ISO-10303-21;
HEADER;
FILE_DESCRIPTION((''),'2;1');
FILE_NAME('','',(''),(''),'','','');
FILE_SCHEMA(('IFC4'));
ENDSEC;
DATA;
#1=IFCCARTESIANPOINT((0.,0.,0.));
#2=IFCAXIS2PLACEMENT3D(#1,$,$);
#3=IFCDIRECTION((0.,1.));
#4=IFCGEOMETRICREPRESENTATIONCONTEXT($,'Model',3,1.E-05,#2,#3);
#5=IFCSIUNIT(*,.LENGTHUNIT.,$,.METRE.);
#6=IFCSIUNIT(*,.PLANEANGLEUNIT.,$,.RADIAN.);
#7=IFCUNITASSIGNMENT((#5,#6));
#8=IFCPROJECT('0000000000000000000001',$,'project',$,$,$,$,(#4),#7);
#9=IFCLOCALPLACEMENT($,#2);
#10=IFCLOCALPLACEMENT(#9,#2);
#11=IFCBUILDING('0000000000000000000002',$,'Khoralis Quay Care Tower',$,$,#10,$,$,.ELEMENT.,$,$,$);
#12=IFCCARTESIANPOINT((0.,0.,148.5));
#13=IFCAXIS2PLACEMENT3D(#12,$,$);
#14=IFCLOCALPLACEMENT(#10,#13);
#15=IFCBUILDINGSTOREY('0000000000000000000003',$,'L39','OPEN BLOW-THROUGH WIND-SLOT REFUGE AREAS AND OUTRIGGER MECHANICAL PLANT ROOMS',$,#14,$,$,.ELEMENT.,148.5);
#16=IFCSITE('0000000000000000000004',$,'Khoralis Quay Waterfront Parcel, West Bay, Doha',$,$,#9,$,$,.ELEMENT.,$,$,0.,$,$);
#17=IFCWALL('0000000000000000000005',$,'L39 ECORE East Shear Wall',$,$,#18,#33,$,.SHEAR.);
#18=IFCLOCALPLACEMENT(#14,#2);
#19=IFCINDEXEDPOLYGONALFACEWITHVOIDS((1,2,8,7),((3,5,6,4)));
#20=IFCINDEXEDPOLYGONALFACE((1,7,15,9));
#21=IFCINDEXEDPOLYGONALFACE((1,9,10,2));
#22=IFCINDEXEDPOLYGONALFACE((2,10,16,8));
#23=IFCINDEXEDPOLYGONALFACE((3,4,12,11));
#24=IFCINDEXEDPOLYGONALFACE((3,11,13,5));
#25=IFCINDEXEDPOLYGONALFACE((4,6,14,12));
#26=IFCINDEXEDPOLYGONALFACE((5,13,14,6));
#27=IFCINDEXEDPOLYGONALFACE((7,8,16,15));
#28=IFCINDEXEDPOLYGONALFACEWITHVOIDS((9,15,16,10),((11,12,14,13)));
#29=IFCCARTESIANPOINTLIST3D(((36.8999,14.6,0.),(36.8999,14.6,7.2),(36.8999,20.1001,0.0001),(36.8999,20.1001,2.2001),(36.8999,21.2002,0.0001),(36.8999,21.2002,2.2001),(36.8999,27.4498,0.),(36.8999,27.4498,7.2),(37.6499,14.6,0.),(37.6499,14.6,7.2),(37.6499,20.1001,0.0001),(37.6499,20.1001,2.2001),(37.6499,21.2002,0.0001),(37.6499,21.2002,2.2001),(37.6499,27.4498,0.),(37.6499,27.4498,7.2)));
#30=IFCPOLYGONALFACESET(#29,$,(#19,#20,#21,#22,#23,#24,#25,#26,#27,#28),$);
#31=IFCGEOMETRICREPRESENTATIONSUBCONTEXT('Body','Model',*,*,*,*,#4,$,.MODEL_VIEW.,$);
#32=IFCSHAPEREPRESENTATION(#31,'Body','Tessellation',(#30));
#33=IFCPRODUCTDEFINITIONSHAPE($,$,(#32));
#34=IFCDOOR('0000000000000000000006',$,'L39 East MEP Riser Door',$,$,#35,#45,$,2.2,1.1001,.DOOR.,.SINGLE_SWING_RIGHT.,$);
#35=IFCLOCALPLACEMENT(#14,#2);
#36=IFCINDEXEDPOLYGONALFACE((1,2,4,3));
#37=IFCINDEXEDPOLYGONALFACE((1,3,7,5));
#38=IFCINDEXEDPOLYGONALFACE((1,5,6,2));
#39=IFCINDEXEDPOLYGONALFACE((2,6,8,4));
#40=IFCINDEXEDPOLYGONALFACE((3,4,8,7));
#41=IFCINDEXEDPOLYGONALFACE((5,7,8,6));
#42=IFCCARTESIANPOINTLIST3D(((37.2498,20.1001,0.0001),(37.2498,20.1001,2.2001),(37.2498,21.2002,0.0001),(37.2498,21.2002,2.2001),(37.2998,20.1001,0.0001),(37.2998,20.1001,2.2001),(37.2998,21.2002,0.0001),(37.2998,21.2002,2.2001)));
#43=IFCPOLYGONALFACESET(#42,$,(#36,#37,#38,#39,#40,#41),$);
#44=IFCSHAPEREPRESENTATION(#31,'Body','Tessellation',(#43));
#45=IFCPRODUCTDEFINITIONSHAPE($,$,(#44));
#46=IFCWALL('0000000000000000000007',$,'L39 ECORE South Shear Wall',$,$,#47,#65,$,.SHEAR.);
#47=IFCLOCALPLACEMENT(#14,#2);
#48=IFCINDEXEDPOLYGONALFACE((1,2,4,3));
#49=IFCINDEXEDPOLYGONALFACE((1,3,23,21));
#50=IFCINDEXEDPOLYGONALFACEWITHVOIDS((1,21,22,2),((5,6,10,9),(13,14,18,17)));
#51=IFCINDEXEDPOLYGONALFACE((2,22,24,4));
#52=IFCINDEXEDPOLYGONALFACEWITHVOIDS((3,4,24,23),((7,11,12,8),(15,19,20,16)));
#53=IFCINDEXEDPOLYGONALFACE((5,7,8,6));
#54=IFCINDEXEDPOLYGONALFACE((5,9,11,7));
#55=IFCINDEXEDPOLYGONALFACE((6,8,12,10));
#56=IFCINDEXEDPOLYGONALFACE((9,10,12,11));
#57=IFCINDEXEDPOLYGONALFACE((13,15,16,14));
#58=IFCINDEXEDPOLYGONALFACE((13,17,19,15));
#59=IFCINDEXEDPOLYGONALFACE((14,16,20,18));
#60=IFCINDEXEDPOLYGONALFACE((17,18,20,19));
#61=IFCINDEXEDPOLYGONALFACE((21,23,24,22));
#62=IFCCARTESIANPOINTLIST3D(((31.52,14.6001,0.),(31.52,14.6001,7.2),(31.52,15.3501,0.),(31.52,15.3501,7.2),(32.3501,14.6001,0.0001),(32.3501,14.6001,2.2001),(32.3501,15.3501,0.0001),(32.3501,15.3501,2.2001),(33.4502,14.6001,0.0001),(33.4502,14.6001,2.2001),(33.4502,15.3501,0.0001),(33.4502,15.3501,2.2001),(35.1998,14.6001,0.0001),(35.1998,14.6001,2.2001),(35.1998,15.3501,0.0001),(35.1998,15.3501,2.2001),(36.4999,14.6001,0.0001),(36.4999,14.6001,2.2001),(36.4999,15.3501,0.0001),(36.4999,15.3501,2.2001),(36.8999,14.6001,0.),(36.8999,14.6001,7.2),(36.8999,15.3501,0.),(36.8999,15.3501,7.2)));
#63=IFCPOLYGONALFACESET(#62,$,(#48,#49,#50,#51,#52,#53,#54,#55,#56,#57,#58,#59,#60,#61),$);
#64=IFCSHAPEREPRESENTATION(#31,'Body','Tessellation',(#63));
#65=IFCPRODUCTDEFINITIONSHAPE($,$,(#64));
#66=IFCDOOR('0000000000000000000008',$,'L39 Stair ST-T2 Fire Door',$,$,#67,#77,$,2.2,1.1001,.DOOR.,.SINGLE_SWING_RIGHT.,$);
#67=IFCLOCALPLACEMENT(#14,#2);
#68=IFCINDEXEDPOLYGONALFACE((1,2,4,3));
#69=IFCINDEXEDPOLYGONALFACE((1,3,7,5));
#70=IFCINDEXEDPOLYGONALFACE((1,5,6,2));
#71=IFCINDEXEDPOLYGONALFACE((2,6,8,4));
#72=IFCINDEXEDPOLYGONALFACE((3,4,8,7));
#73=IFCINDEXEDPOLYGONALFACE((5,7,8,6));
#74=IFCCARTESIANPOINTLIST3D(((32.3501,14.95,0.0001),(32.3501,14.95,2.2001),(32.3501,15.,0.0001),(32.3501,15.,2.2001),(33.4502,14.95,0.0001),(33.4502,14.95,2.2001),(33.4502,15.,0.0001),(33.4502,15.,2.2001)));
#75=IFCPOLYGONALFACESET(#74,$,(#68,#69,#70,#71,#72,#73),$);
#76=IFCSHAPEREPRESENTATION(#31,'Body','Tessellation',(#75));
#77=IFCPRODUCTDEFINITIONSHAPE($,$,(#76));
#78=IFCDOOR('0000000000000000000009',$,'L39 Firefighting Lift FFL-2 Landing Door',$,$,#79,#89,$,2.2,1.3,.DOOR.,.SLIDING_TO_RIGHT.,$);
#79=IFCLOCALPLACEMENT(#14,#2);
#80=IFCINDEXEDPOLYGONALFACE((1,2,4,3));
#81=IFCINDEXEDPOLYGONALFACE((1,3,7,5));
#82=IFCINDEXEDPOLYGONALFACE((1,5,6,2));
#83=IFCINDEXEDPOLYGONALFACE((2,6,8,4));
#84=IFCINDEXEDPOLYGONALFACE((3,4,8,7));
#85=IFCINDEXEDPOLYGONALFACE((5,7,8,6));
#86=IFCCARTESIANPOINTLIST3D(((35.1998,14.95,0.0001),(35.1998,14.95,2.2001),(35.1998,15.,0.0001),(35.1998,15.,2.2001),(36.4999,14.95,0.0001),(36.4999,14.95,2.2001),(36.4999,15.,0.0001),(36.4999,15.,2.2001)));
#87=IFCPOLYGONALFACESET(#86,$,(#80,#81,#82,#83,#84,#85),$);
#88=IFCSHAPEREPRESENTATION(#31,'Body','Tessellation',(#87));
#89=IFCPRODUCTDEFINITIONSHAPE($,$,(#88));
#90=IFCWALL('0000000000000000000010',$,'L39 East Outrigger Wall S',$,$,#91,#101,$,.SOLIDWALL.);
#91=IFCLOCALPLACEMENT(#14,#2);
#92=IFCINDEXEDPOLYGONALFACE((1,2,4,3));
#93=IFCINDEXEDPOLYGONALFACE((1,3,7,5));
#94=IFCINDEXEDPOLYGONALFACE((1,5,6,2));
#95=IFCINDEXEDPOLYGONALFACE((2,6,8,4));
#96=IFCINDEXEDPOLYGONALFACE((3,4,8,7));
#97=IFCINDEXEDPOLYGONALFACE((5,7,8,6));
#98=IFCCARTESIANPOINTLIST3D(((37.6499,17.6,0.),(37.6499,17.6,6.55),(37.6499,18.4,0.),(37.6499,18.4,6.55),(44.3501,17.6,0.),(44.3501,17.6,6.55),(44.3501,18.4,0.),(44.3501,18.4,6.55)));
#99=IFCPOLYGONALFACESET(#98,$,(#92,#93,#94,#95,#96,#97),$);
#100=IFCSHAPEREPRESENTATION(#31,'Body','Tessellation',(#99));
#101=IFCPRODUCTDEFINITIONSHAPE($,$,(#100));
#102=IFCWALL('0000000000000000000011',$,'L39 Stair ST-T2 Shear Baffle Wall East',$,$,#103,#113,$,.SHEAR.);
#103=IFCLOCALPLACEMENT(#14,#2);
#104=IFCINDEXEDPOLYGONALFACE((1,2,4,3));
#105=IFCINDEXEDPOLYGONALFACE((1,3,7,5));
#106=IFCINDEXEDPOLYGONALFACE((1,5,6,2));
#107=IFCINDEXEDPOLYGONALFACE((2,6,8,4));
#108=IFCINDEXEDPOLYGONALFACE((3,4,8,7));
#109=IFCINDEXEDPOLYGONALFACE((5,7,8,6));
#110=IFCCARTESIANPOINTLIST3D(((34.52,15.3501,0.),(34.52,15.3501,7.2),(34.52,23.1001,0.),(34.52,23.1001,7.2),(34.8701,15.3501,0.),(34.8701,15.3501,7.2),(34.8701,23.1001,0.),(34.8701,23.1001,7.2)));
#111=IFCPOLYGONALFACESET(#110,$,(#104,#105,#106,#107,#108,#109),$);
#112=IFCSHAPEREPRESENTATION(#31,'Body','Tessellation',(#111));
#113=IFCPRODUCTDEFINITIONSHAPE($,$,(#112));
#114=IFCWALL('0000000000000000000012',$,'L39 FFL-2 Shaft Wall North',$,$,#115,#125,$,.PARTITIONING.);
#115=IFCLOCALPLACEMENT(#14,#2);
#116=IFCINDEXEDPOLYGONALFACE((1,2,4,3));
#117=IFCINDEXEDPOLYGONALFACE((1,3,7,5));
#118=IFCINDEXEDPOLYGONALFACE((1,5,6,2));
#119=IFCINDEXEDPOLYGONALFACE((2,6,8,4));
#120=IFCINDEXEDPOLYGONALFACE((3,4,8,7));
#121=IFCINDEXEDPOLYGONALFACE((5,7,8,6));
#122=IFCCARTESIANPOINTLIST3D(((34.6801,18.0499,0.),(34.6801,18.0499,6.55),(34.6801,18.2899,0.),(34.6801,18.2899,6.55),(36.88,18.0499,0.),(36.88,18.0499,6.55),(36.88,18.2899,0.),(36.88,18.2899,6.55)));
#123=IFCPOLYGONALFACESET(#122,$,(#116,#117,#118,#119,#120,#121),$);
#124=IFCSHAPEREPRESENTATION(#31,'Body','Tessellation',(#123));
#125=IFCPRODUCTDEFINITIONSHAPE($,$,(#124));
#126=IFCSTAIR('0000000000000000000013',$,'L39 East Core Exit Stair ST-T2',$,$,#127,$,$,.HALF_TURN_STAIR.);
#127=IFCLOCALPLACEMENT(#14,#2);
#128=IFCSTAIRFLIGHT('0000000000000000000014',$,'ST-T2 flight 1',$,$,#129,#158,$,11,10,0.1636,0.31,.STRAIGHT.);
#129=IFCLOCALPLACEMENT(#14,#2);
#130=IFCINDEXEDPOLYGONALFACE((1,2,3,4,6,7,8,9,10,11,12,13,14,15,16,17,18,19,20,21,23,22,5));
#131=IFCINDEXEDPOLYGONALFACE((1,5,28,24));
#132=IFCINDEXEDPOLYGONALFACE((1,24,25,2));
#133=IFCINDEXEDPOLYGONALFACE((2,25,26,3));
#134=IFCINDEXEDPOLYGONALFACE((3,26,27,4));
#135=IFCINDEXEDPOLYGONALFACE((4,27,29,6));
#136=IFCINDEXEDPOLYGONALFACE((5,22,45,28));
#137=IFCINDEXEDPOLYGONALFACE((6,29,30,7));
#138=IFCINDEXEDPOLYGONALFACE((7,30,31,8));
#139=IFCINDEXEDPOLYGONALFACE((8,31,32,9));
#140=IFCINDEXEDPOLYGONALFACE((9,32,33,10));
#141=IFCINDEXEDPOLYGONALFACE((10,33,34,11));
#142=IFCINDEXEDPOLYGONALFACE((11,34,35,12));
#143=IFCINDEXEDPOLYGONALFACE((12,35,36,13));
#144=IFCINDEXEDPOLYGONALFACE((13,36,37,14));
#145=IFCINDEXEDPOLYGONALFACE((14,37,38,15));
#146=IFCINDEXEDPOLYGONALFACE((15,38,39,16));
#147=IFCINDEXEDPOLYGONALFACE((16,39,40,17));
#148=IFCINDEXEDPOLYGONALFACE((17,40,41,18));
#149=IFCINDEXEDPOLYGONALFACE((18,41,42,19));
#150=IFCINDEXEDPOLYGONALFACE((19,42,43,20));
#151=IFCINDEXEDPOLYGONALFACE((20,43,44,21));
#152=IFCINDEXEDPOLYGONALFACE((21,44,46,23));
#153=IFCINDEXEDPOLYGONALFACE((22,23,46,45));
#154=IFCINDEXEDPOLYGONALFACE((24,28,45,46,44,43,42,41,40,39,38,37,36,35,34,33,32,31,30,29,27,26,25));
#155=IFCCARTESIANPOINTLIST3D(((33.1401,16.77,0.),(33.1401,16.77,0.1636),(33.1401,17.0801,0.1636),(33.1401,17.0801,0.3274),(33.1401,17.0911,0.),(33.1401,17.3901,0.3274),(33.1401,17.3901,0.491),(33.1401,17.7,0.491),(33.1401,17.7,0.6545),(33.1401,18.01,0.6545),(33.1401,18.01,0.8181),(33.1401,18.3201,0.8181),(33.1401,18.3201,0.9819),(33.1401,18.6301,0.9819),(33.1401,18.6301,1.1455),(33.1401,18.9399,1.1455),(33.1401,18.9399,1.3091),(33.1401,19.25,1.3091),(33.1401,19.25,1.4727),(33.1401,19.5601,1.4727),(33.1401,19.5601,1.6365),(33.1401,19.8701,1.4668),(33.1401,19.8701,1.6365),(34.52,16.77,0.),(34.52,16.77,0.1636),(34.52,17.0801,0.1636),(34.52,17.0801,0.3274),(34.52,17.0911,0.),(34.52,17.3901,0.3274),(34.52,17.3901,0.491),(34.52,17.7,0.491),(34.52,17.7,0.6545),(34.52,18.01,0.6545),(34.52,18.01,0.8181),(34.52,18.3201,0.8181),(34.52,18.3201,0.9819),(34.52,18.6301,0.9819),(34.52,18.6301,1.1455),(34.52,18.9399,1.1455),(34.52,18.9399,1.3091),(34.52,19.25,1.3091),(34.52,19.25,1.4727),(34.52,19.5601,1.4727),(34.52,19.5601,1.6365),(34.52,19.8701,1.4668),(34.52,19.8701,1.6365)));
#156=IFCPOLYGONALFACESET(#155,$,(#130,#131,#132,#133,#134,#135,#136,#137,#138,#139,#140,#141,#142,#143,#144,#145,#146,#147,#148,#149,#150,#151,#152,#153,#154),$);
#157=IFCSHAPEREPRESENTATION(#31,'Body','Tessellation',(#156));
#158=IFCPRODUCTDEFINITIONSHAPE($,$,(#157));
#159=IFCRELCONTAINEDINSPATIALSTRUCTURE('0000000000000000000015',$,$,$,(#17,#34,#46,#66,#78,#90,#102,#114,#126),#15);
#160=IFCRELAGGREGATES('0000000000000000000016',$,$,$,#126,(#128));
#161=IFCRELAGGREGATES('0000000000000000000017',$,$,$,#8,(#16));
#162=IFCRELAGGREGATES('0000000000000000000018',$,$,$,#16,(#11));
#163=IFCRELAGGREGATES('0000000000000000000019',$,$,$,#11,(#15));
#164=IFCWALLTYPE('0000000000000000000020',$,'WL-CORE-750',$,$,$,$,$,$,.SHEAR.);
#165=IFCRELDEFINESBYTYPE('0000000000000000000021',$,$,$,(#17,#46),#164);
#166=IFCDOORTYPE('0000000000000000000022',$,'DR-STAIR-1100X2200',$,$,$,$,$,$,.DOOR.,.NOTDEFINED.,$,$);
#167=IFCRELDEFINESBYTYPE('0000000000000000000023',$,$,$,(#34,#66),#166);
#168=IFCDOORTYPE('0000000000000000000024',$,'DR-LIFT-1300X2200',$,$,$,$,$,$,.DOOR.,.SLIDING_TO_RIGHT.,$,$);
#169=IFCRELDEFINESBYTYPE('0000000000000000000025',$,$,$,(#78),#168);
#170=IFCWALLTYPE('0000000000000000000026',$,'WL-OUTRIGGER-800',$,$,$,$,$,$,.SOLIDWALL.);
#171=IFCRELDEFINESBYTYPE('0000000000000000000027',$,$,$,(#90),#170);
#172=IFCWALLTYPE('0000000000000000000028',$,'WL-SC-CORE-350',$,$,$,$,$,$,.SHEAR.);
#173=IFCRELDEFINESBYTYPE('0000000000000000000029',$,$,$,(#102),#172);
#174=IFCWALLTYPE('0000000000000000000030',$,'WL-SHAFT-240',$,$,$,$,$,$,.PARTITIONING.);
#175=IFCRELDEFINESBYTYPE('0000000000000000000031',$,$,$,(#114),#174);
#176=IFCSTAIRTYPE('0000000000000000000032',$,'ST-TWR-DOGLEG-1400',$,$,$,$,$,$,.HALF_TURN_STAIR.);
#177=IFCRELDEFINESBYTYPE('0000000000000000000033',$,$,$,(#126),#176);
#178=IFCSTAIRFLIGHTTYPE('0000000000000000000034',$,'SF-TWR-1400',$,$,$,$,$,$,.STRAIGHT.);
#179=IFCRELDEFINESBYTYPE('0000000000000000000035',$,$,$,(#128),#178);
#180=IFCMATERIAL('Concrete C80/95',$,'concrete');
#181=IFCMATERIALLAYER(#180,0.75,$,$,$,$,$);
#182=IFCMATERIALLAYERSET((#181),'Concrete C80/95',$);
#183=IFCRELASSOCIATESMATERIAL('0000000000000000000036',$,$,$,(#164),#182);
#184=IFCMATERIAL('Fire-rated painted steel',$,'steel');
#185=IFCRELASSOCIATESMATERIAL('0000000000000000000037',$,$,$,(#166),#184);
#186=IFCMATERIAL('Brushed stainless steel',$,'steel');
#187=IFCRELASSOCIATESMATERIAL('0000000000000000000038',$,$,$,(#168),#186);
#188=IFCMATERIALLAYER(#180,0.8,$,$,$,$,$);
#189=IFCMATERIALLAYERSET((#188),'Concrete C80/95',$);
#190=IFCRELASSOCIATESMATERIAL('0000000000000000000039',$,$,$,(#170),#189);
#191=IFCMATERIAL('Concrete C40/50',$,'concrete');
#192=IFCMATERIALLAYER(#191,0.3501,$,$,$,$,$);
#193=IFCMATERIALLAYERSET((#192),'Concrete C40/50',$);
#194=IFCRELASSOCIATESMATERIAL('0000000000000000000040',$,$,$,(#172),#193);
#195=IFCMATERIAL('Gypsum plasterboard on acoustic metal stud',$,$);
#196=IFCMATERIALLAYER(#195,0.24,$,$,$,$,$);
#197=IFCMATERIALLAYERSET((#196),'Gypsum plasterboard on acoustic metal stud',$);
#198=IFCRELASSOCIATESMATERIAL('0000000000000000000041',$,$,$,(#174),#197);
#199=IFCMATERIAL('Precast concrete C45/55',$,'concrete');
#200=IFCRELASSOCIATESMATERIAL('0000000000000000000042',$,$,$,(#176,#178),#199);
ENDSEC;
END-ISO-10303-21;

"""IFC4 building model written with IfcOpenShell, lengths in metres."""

from ifc_helpers import new_model, si_unit, direction, frame, frame_2d, origin, place, context, subcontext, project, spatial, polyline, rectangle, outline, extrude, source, transform, mapped, material, layer, layer_set, type_object, element, fill, aggregate, save


model = new_model("IFC4")

# Units and contexts
model_context = context("Model", 3, precision=1e-05, world=origin(), true_north=direction((0.0, 1.0)))
body_context = subcontext(model_context, "Body", "Model", "MODEL_VIEW")
ifc_project = project(units=[si_unit("LENGTHUNIT", "METRE"), si_unit("PLANEANGLEUNIT", "RADIAN")], contexts=[model_context])

# Site, building, storey
site_placement = place(None, origin())
site = spatial("IfcSite", under=ifc_project, at=site_placement, Name="Khoralis Quay Waterfront Parcel, West Bay, Doha", CompositionType="ELEMENT", RefElevation=0.0)
building_placement = place(site_placement, origin())
building = spatial("IfcBuilding", under=site, at=building_placement, Name="Khoralis Quay Care Tower", CompositionType="ELEMENT")
storey_placement = place(building_placement, frame((0.0, 0.0, 148.5)))
storey = spatial("IfcBuildingStorey", under=building, at=storey_placement, Name="L39", Description="OPEN BLOW-THROUGH WIND-SLOT REFUGE AREAS AND OUTRIGGER MECHANICAL PLANT ROOMS", CompositionType="ELEMENT", Elevation=148.5)

# Shared definitions
ifc_material_1 = material(Name="Concrete C80/95", Category="concrete")

# Shared definitions
ifc_material_2 = material(Name="Gypsum plasterboard on acoustic metal stud")

# Wall, opening, door
ifc_layer_1 = layer(ifc_material_1, 0.75)
ifc_layer_set_1 = layer_set([ifc_layer_1], Name="Concrete C80/95")
wall_type_1 = type_object("IfcWallType", Name="WL-CORE-750", PredefinedType="SHEAR", material=ifc_layer_set_1)
wall_1_placement = place(storey_placement, frame((37.2749, 14.6001, 0.0), z_axis=(0.0, 0.0, 1.0), x_axis=(0.0, 1.0, 0.0)))
wall_1 = element("IfcWall", 1, at=wall_1_placement, inside=storey, type_object=wall_type_1, Name="L39 ECORE East Shear Wall", PredefinedType="SHEAR", context=body_context, shape_type="SweptSolid", body=[
    extrude(rectangle(XDim=12.8499, YDim=0.75, at=frame_2d((6.4248, 0.0))), origin(), (0.0, 0.0, 1.0), 7.2),
])
opening_1_placement = place(wall_1_placement, frame((5.5, 0.0, 0.0)))
opening_1 = element("IfcOpeningElement", 2, at=opening_1_placement, cuts=wall_1, PredefinedType="OPENING", context=body_context, shape_type="SweptSolid", body=[
    extrude(rectangle(XDim=1.1001, YDim=2.2, at=frame_2d((0.55, 1.1001))), frame((0.0, 0.385, 0.0), z_axis=(0.0, -1.0, 0.0), x_axis=(1.0, 0.0, 0.0)), (0.0, 0.0, 1.0), 0.77),
])
ifc_material_3 = material(Name="Fire-rated painted steel", Category="steel")
door_type_1 = type_object("IfcDoorType", Name="DR-STAIR-1100X2200", OperationType="NOTDEFINED", PredefinedType="DOOR", material=ifc_material_3)
shared_shape_1 = source(origin(), body_context, "Body", "SweptSolid", [
    extrude(rectangle(XDim=1.1001, YDim=2.2, at=frame_2d((0.55, 1.1001))), frame((0.0, 0.0249, 0.0), z_axis=(0.0, -1.0, 0.0), x_axis=(1.0, 0.0, 0.0)), (0.0, 0.0, 1.0), 0.05),
])
door_1_placement = place(opening_1_placement, frame((1.1001, 0.0, 0.0), z_axis=(0.0, 0.0, 1.0), x_axis=(-1.0, 0.0, 0.0)))
door_1 = element("IfcDoor", 3, at=door_1_placement, inside=storey, type_object=door_type_1, Name="L39 East MEP Riser Door", OperationType="SINGLE_SWING_RIGHT", OverallHeight=2.2, OverallWidth=1.1001, PredefinedType="DOOR", context=body_context, shape_type="MappedRepresentation", body=[
    mapped(shared_shape_1, transform((0.0, 0.0, 0.0), scale=1.0)),
])
fill(opening_1, door_1)

# Wall, openings, doors
wall_2_placement = place(storey_placement, frame((31.52, 14.9751, 0.0), z_axis=(0.0, 0.0, 1.0), x_axis=(1.0, 0.0, 0.0)))
wall_2 = element("IfcWall", 4, at=wall_2_placement, inside=storey, type_object=wall_type_1, Name="L39 ECORE South Shear Wall", PredefinedType="SHEAR", context=body_context, shape_type="SweptSolid", body=[
    extrude(rectangle(XDim=5.3799, YDim=0.75, at=frame_2d((2.6899, 0.0))), origin(), (0.0, 0.0, 1.0), 7.2),
])
opening_2_placement = place(wall_2_placement, frame((0.8301, 0.0, 0.0)))
opening_2 = element("IfcOpeningElement", 5, at=opening_2_placement, cuts=wall_2, PredefinedType="OPENING", context=body_context, shape_type="SweptSolid", body=[
    extrude(rectangle(XDim=1.1001, YDim=2.2, at=frame_2d((0.55, 1.1001))), frame((0.0, 0.385, 0.0), z_axis=(0.0, -1.0, 0.0), x_axis=(1.0, 0.0, 0.0)), (0.0, 0.0, 1.0), 0.77),
])
opening_3_placement = place(wall_2_placement, frame((3.6799, 0.0, 0.0)))
opening_3 = element("IfcOpeningElement", 6, at=opening_3_placement, cuts=wall_2, PredefinedType="OPENING", context=body_context, shape_type="SweptSolid", body=[
    extrude(rectangle(XDim=1.3, YDim=2.2, at=frame_2d((0.6499, 1.1001))), frame((0.0, 0.385, 0.0), z_axis=(0.0, -1.0, 0.0), x_axis=(1.0, 0.0, 0.0)), (0.0, 0.0, 1.0), 0.77),
])
door_2_placement = place(opening_2_placement, origin())
door_2 = element("IfcDoor", 7, at=door_2_placement, inside=storey, type_object=door_type_1, Name="L39 Stair ST-T2 Fire Door", OperationType="SINGLE_SWING_RIGHT", OverallHeight=2.2, OverallWidth=1.1001, PredefinedType="DOOR", context=body_context, shape_type="MappedRepresentation", body=[
    mapped(shared_shape_1, transform((0.0, 0.0, 0.0), scale=1.0)),
])
fill(opening_2, door_2)
ifc_material_4 = material(Name="Brushed stainless steel", Category="steel")
door_type_2 = type_object("IfcDoorType", Name="DR-LIFT-1300X2200", OperationType="SLIDING_TO_RIGHT", PredefinedType="DOOR", material=ifc_material_4)
shared_shape_2 = source(origin(), body_context, "Body", "SweptSolid", [
    extrude(rectangle(XDim=1.3, YDim=2.2, at=frame_2d((0.6499, 1.1001))), frame((0.0, 0.0249, 0.0), z_axis=(0.0, -1.0, 0.0), x_axis=(1.0, 0.0, 0.0)), (0.0, 0.0, 1.0), 0.05),
])
door_3_placement = place(opening_3_placement, origin())
door_3 = element("IfcDoor", 8, at=door_3_placement, inside=storey, type_object=door_type_2, Name="L39 Firefighting Lift FFL-2 Landing Door", OperationType="SLIDING_TO_RIGHT", OverallHeight=2.2, OverallWidth=1.3, PredefinedType="DOOR", context=body_context, shape_type="MappedRepresentation", body=[
    mapped(shared_shape_2, transform((0.0, 0.0, 0.0), scale=1.0)),
])
fill(opening_3, door_3)

# Walls
ifc_layer_2 = layer(ifc_material_1, 0.8)
ifc_layer_set_2 = layer_set([ifc_layer_2], Name="Concrete C80/95")
wall_type_2 = type_object("IfcWallType", Name="WL-OUTRIGGER-800", PredefinedType="SOLIDWALL", material=ifc_layer_set_2)
wall_3_placement = place(storey_placement, frame((37.6499, 18.0, 0.0), z_axis=(0.0, 0.0, 1.0), x_axis=(1.0, 0.0, 0.0)))
element("IfcWall", 9, at=wall_3_placement, inside=storey, type_object=wall_type_2, Name="L39 East Outrigger Wall S", PredefinedType="SOLIDWALL", context=body_context, shape_type="SweptSolid", body=[
    extrude(rectangle(XDim=6.7002, YDim=0.8, at=frame_2d((3.3501, 0.0))), origin(), (0.0, 0.0, 1.0), 6.55),
])
ifc_material_5 = material(Name="Concrete C40/50", Category="concrete")
ifc_layer_3 = layer(ifc_material_5, 0.3501)
ifc_layer_set_3 = layer_set([ifc_layer_3], Name="Concrete C40/50")
wall_type_3 = type_object("IfcWallType", Name="WL-SC-CORE-350", PredefinedType="SHEAR", material=ifc_layer_set_3)
wall_4_placement = place(storey_placement, frame((34.6951, 15.3501, 0.0), z_axis=(0.0, 0.0, 1.0), x_axis=(0.0, 1.0, 0.0)))
element("IfcWall", 10, at=wall_4_placement, inside=storey, type_object=wall_type_3, Name="L39 Stair ST-T2 Shear Baffle Wall East", PredefinedType="SHEAR", context=body_context, shape_type="SweptSolid", body=[
    extrude(rectangle(XDim=7.75, YDim=0.3501, at=frame_2d((3.875, 0.0))), origin(), (0.0, 0.0, 1.0), 7.2),
])
ifc_layer_4 = layer(ifc_material_2, 0.24)
ifc_layer_set_4 = layer_set([ifc_layer_4], Name="Gypsum plasterboard on acoustic metal stud")
wall_type_4 = type_object("IfcWallType", Name="WL-SHAFT-240", PredefinedType="PARTITIONING", material=ifc_layer_set_4)
wall_5_placement = place(storey_placement, frame((34.6799, 18.1699, 0.0), z_axis=(0.0, 0.0, 1.0), x_axis=(1.0, 0.0, 0.0)))
element("IfcWall", 11, at=wall_5_placement, inside=storey, type_object=wall_type_4, Name="L39 FFL-2 Shaft Wall North", PredefinedType="PARTITIONING", context=body_context, shape_type="SweptSolid", body=[
    extrude(rectangle(XDim=2.2, YDim=0.24, at=frame_2d((1.1001, 0.0))), origin(), (0.0, 0.0, 1.0), 6.55),
])

# Stair, stair flight
ifc_material_6 = material(Name="Precast concrete C45/55", Category="concrete")
stair_type = type_object("IfcStairType", Name="ST-TWR-DOGLEG-1400", PredefinedType="HALF_TURN_STAIR", material=ifc_material_6)
stair_placement = place(storey_placement, origin())
stair = element("IfcStair", 12, at=stair_placement, inside=storey, type_object=stair_type, Name="L39 East Core Exit Stair ST-T2", PredefinedType="HALF_TURN_STAIR")
stair_flight_type = type_object("IfcStairFlightType", Name="SF-TWR-1400", PredefinedType="STRAIGHT", material=ifc_material_6)
shared_shape_3 = source(origin(), body_context, "Body", "SweptSolid", [
    extrude(outline(polyline([(0.0, 0.0), (0.0, 0.1636), (0.3101, 0.1636), (0.3101, 0.3274), (0.6201, 0.3274), (0.6201, 0.491), (0.9299, 0.491), (0.9299, 0.6545), (1.24, 0.6545), (1.24, 0.8181), (1.55, 0.8181), (1.55, 0.9819), (1.8601, 0.9819), (1.8601, 1.1455), (2.1699, 1.1455), (2.1699, 1.3091), (2.48, 1.3091), (2.48, 1.4727), (2.79, 1.4727), (2.79, 1.6365), (3.1001, 1.6365), (3.1001, 1.8), (3.1001, 1.4668), (0.321, 0.0), (0.0, 0.0)])), frame((0.0, 0.6899, 0.0), z_axis=(0.0, -1.0, 0.0), x_axis=(1.0, 0.0, 0.0)), (0.0, 0.0, 1.0), 1.3799),
])
stair_flight_1_placement = place(storey_placement, frame((33.8301, 16.77, 0.0), z_axis=(0.0, 0.0, 1.0), x_axis=(0.0, 1.0, 0.0)))
stair_flight_1 = element("IfcStairFlight", 13, at=stair_flight_1_placement, type_object=stair_flight_type, Name="ST-T2 flight 1", NumberOfRisers=11, NumberOfTreads=10, PredefinedType="STRAIGHT", RiserHeight=0.1636, TreadLength=0.31, context=body_context, shape_type="MappedRepresentation", body=[
    mapped(shared_shape_3, transform((0.0, 0.0, 0.0), scale=1.0)),
])
aggregate(stair, [stair_flight_1])

save(model, "model.ifc")
